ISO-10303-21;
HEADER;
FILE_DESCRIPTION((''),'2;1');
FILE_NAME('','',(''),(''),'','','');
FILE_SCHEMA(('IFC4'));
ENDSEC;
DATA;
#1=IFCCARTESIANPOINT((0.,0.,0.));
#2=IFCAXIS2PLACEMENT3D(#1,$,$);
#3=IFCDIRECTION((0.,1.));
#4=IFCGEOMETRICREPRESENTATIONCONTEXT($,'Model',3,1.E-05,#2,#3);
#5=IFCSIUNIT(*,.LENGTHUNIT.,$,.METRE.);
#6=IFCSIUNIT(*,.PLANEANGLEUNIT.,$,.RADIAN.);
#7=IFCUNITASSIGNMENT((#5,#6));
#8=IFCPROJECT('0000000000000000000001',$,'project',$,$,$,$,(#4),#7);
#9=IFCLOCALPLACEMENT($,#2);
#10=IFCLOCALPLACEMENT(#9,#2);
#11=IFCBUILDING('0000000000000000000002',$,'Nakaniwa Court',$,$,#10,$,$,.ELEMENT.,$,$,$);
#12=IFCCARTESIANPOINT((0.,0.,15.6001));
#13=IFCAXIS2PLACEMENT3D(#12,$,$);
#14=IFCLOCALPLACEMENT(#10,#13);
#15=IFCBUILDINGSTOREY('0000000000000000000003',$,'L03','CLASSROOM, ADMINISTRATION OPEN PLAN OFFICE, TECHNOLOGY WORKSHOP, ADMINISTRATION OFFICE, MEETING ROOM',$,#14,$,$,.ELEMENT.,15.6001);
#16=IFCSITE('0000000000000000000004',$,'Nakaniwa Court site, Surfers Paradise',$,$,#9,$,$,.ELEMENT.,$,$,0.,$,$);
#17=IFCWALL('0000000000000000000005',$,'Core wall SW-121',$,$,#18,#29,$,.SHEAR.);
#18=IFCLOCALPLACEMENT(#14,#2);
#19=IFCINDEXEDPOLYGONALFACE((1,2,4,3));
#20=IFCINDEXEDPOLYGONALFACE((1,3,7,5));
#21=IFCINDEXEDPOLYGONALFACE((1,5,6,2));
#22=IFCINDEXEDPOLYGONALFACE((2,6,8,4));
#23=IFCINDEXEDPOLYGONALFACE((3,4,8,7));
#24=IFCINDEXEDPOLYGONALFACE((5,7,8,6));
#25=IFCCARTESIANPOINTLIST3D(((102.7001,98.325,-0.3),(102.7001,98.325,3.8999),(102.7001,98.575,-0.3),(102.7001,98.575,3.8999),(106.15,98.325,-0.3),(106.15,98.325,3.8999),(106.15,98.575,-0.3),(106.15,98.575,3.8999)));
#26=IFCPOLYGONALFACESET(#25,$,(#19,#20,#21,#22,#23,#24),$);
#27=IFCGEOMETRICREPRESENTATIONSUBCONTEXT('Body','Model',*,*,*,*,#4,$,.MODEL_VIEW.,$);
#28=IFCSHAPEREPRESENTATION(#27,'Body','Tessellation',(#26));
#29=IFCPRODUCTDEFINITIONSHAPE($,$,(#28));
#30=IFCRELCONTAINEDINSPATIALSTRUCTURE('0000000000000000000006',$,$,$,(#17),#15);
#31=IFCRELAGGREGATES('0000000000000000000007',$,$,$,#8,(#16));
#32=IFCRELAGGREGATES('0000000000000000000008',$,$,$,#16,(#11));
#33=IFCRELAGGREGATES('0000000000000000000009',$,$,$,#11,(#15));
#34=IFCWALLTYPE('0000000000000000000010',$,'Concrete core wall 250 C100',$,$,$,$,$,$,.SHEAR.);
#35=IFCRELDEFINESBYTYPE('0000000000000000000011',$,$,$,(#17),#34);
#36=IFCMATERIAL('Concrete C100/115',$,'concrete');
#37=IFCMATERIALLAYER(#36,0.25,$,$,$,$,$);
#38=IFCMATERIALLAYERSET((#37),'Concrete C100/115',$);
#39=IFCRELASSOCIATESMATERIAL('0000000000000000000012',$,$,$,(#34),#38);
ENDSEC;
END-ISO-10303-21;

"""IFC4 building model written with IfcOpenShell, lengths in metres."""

from ifc_helpers import new_model, si_unit, direction, frame, frame_2d, origin, place, context, subcontext, project, spatial, rectangle, extrude, material, layer, layer_set, type_object, element, save


model = new_model("IFC4")

# Units and contexts
model_context = context("Model", 3, precision=1e-05, world=origin(), true_north=direction((0.0, 1.0)))
body_context = subcontext(model_context, "Body", "Model", "MODEL_VIEW")
ifc_project = project(units=[si_unit("LENGTHUNIT", "METRE"), si_unit("PLANEANGLEUNIT", "RADIAN")], contexts=[model_context])

# Site, building, storey
site_placement = place(None, origin())
site = spatial("IfcSite", under=ifc_project, at=site_placement, Name="Nakaniwa Court site, Surfers Paradise", CompositionType="ELEMENT", RefElevation=0.0)
building_placement = place(site_placement, origin())
building = spatial("IfcBuilding", under=site, at=building_placement, Name="Nakaniwa Court", CompositionType="ELEMENT")
storey_placement = place(building_placement, frame((0.0, 0.0, 15.6001)))
storey = spatial("IfcBuildingStorey", under=building, at=storey_placement, Name="L03", Description="CLASSROOM, ADMINISTRATION OPEN PLAN OFFICE, TECHNOLOGY WORKSHOP, ADMINISTRATION OFFICE, MEETING ROOM", CompositionType="ELEMENT", Elevation=15.6001)

# Shared definitions
ifc_material_1 = material(Name="Concrete C100/115", Category="concrete")

# Wall
ifc_layer_1 = layer(ifc_material_1, 0.25)
ifc_layer_set_1 = layer_set([ifc_layer_1], Name="Concrete C100/115")
wall_type_1 = type_object("IfcWallType", Name="Concrete core wall 250 C100", PredefinedType="SHEAR", material=ifc_layer_set_1)
wall_1_placement = place(storey_placement, frame((102.7, 98.45, -0.3), z_axis=(0.0, 0.0, 1.0), x_axis=(1.0, 0.0, 0.0)))
element("IfcWall", 1, at=wall_1_placement, inside=storey, type_object=wall_type_1, Name="Core wall SW-121", PredefinedType="SHEAR", context=body_context, shape_type="SweptSolid", body=[
    extrude(rectangle(XDim=3.45, YDim=0.25, at=frame_2d((1.7251, 0.0))), origin(), (0.0, 0.0, 1.0), 4.2),
])

save(model, "model.ifc")
